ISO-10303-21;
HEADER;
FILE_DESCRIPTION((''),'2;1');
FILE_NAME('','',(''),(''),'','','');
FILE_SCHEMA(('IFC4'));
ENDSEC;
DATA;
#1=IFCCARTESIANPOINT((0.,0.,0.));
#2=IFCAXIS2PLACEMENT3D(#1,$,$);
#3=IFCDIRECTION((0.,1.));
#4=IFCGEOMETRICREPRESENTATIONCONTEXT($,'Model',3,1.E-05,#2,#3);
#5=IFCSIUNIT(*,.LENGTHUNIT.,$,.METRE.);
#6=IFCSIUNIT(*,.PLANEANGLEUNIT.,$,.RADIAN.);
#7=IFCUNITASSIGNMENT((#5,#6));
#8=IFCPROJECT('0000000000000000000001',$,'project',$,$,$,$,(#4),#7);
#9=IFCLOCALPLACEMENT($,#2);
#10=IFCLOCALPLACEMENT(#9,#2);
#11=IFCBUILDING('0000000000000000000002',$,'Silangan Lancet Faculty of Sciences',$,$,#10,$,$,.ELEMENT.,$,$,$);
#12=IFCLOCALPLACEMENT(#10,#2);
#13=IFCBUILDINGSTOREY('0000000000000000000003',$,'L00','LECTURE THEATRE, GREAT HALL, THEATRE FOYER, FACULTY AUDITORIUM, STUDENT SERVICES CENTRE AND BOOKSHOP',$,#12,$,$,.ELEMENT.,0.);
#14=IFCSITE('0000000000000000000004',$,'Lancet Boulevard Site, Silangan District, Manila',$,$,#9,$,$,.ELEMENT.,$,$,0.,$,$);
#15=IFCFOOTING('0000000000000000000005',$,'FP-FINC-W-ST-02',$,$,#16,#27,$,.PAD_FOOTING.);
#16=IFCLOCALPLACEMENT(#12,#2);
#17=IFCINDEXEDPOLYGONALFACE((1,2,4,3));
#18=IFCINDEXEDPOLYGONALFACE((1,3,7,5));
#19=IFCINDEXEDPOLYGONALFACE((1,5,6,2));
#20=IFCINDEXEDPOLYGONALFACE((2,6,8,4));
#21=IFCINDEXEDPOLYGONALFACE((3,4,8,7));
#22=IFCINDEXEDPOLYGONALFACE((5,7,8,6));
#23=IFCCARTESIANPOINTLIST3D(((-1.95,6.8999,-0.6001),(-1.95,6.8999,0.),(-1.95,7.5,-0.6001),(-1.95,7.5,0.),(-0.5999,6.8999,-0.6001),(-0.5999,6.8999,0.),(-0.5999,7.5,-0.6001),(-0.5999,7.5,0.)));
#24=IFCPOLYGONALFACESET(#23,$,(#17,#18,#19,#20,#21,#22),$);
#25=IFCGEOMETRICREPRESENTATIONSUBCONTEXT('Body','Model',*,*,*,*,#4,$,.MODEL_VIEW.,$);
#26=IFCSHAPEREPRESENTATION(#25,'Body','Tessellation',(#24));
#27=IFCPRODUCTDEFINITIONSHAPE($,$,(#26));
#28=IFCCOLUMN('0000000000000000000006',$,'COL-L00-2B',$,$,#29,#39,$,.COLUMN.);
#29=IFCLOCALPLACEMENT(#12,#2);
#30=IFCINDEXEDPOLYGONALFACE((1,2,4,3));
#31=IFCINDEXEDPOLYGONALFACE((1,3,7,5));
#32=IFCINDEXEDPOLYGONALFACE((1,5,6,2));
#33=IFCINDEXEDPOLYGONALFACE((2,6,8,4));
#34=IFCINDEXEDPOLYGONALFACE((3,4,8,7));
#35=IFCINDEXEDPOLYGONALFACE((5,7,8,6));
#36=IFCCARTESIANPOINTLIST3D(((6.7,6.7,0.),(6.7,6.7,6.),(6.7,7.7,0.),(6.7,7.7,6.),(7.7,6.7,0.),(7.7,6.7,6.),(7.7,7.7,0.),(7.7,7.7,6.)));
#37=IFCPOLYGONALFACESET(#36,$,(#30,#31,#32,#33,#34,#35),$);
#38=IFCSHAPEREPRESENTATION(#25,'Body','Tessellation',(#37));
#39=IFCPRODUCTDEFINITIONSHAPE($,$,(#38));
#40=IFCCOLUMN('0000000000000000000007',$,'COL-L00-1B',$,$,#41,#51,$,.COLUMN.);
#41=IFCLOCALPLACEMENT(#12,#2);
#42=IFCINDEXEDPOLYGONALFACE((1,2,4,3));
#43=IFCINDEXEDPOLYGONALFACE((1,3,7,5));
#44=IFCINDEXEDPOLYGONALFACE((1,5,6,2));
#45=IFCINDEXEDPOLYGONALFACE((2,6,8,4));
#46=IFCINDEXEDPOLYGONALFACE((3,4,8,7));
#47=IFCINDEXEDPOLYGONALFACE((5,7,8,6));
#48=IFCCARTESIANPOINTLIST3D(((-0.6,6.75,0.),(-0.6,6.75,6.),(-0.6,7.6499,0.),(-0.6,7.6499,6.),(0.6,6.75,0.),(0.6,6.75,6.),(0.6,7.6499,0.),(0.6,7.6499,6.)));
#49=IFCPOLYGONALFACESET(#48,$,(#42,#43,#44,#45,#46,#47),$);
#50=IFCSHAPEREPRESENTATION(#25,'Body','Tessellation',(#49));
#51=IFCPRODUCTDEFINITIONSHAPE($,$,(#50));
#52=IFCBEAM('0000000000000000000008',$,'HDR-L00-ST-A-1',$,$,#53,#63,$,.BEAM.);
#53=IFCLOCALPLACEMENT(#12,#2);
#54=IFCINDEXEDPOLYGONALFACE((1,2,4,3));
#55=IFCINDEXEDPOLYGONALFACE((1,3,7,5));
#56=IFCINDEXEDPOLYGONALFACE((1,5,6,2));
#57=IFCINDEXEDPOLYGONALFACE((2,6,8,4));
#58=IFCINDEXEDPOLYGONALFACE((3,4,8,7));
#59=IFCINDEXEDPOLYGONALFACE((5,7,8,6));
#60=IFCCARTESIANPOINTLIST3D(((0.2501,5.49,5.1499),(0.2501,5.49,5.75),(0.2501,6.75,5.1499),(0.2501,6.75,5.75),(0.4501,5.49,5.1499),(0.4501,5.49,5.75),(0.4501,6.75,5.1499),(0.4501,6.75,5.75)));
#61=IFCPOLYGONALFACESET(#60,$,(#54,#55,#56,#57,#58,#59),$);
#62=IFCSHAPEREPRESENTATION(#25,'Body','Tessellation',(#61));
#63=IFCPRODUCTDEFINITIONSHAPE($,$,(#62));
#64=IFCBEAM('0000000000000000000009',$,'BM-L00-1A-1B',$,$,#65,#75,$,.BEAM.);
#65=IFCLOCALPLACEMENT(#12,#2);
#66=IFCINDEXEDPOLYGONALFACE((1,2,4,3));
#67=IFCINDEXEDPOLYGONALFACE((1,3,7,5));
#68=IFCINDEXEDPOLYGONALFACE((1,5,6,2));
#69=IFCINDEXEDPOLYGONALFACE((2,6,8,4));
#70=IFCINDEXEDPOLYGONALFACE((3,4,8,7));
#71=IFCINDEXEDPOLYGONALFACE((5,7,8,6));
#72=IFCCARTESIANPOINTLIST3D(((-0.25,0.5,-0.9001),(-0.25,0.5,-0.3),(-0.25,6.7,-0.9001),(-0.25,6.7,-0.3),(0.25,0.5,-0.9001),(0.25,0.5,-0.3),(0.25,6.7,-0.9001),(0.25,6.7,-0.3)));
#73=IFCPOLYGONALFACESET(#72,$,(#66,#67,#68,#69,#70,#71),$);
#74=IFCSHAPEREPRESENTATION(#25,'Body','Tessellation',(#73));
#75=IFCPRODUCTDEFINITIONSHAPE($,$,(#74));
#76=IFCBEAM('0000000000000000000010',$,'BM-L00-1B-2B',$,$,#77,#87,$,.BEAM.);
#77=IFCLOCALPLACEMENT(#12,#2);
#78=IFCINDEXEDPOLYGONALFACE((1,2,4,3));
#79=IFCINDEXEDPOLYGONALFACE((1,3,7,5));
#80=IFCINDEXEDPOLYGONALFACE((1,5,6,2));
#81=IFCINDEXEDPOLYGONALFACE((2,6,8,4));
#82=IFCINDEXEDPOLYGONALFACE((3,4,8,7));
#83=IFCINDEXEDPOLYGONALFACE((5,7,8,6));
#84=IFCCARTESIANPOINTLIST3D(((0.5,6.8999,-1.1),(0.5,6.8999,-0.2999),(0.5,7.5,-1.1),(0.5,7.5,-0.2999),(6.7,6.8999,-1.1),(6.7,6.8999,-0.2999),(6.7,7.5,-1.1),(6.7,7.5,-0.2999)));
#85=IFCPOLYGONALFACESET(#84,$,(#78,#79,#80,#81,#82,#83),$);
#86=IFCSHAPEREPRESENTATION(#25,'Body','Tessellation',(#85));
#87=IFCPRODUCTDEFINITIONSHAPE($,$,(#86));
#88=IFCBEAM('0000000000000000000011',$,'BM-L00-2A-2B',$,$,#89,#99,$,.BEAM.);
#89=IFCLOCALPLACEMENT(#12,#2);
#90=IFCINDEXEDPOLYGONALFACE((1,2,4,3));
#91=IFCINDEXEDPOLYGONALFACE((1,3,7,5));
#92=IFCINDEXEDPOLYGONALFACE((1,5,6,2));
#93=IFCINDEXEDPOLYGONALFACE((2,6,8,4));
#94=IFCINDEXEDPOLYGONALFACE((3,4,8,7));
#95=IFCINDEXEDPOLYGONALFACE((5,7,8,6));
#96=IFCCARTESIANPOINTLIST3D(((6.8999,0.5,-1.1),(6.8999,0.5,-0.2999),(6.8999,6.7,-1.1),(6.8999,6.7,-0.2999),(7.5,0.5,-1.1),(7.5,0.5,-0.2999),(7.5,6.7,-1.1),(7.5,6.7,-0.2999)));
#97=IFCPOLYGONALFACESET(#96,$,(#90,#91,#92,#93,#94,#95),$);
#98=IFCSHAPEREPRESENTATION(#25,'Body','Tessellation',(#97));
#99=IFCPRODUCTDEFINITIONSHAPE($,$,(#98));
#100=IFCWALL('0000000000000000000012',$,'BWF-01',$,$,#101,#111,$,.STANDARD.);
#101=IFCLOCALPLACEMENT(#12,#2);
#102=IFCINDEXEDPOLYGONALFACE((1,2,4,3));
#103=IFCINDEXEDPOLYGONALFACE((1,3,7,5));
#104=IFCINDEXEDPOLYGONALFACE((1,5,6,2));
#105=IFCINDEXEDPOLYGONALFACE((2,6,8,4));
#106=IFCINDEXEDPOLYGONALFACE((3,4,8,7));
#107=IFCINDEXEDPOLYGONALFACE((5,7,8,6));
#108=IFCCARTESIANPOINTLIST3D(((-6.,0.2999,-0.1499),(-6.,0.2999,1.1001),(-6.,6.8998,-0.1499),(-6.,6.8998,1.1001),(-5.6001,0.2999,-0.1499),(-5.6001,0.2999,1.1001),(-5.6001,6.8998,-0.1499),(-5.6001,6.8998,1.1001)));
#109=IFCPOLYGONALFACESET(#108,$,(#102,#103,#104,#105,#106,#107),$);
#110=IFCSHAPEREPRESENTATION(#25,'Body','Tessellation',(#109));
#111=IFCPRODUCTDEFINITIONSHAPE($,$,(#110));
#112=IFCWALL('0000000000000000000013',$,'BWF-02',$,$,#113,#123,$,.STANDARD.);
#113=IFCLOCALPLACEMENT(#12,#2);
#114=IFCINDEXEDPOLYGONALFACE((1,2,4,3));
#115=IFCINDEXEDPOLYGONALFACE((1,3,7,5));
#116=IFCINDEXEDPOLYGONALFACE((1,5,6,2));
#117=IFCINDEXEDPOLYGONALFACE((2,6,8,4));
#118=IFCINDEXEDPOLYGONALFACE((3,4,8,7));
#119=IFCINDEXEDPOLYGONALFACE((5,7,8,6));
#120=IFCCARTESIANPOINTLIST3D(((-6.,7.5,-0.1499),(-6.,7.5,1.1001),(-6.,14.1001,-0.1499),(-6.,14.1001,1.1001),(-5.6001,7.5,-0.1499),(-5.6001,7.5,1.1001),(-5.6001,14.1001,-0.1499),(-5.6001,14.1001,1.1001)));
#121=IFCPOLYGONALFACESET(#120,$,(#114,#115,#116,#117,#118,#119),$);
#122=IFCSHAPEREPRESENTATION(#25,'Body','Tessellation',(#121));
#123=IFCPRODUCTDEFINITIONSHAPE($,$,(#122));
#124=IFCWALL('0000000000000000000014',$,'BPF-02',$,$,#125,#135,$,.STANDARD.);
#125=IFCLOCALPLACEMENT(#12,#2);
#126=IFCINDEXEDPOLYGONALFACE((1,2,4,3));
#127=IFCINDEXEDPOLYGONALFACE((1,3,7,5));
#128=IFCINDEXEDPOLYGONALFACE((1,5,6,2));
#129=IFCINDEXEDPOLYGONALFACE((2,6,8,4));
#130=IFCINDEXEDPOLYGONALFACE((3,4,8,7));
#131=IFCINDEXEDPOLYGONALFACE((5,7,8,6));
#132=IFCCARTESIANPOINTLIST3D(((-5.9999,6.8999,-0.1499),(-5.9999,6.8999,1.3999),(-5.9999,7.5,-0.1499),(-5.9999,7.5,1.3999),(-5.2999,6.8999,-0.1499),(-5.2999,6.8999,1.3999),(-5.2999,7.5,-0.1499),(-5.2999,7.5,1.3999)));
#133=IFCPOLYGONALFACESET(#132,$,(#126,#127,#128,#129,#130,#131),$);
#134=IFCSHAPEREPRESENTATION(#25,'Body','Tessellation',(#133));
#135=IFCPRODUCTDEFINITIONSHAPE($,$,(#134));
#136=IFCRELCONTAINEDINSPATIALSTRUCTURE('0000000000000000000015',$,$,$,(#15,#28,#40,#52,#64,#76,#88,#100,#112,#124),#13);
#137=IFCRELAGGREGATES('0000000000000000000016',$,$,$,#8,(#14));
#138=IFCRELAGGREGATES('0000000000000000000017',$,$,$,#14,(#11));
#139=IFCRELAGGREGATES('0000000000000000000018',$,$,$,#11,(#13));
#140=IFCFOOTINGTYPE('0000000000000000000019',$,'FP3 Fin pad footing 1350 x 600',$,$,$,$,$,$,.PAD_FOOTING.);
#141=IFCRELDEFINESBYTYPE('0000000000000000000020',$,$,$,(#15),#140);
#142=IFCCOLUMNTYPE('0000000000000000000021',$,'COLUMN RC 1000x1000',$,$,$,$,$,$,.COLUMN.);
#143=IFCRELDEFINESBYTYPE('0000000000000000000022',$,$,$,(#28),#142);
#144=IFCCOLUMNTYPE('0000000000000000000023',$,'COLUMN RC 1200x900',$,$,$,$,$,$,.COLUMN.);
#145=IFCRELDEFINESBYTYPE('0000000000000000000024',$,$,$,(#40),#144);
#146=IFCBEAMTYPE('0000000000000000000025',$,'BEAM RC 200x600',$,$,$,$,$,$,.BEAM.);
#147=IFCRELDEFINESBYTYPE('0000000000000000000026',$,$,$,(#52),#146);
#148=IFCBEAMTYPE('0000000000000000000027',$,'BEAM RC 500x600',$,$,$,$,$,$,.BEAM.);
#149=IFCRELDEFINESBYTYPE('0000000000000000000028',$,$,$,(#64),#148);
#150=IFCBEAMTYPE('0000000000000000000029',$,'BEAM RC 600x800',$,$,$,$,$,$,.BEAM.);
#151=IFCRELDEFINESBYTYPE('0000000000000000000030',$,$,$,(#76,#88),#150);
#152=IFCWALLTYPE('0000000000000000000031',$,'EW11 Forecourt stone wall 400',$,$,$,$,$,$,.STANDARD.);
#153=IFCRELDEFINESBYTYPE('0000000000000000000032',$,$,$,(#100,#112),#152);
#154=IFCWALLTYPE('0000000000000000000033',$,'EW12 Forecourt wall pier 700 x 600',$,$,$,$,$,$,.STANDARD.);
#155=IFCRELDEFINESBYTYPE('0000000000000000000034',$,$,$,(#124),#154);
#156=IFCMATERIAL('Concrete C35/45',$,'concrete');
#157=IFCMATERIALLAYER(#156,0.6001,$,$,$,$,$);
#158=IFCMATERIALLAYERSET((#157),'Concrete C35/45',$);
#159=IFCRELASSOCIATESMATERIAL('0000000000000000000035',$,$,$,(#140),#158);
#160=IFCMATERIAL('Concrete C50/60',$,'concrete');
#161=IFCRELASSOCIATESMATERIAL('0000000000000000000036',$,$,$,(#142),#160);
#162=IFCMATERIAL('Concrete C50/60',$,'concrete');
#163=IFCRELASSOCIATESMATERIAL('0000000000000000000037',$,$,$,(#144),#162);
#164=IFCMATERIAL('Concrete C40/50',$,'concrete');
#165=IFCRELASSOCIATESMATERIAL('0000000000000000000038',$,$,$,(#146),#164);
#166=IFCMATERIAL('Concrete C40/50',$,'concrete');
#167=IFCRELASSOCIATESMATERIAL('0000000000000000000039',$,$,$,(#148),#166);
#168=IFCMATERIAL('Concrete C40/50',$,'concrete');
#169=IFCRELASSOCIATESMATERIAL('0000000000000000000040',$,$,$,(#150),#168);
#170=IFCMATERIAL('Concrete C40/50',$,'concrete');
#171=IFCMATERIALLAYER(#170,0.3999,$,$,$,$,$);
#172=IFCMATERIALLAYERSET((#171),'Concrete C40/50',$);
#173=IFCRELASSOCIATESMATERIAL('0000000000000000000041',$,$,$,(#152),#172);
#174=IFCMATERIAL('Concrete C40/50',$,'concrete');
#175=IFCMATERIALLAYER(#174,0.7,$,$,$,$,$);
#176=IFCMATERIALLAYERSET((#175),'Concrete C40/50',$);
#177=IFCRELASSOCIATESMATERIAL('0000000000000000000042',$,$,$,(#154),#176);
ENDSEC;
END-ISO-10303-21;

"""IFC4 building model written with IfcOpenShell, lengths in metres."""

from ifc_helpers import new_model, si_unit, direction, frame, frame_2d, origin, origin_2d, place, context, subcontext, project, spatial, rectangle, extrude, material, layer, layer_set, material_profile, profile_set, type_object, element, save


model = new_model("IFC4")

# Units and contexts
model_context = context("Model", 3, precision=1e-05, world=origin(), true_north=direction((0.0, 1.0)))
body_context = subcontext(model_context, "Body", "Model", "MODEL_VIEW")
ifc_project = project(units=[si_unit("LENGTHUNIT", "METRE"), si_unit("PLANEANGLEUNIT", "RADIAN")], contexts=[model_context])

# Site, building, storey
site_placement = place(None, origin())
site = spatial("IfcSite", under=ifc_project, at=site_placement, Name="Lancet Boulevard Site, Silangan District, Manila", CompositionType="ELEMENT", RefElevation=0.0)
building_placement = place(site_placement, origin())
building = spatial("IfcBuilding", under=site, at=building_placement, Name="Silangan Lancet Faculty of Sciences", CompositionType="ELEMENT")
storey_placement = place(building_placement, origin())
storey = spatial("IfcBuildingStorey", under=building, at=storey_placement, Name="L00", Description="LECTURE THEATRE, GREAT HALL, THEATRE FOYER, FACULTY AUDITORIUM, STUDENT SERVICES CENTRE AND BOOKSHOP", CompositionType="ELEMENT", Elevation=0.0)

# Footing
ifc_material_1 = material(Name="Concrete C35/45", Category="concrete")
ifc_layer_1 = layer(ifc_material_1, 0.6001)
ifc_layer_set_1 = layer_set([ifc_layer_1], Name="Concrete C35/45")
footing_type = type_object("IfcFootingType", Name="FP3 Fin pad footing 1350 x 600", PredefinedType="PAD_FOOTING", material=ifc_layer_set_1)
footing_placement = place(storey_placement, frame((-1.2749, 7.2, -0.6001), z_axis=(0.0, 0.0, 1.0), x_axis=(1.0, 0.0, 0.0)))
element("IfcFooting", 1, at=footing_placement, inside=storey, type_object=footing_type, Name="FP-FINC-W-ST-02", PredefinedType="PAD_FOOTING", context=body_context, shape_type="SweptSolid", body=[
    extrude(rectangle(XDim=1.3501, YDim=0.6001, at=origin_2d()), origin(), (0.0, 0.0, 1.0), 0.6001),
])

# Columns
ifc_material_2 = material(Name="Concrete C50/60", Category="concrete")
ifc_material_profile_1 = material_profile(ifc_material_2, rectangle(XDim=1.0, YDim=1.0, at=origin_2d()), Name="RC 1000x1000")
ifc_profile_set_1 = profile_set([ifc_material_profile_1], Name="Concrete C50/60")
column_type_1 = type_object("IfcColumnType", Name="COLUMN RC 1000x1000", PredefinedType="COLUMN", material=ifc_profile_set_1)
column_1_placement = place(storey_placement, frame((7.2, 7.2, 0.0), z_axis=(0.0, 0.0, 1.0), x_axis=(1.0, 0.0, 0.0)))
element("IfcColumn", 2, at=column_1_placement, inside=storey, type_object=column_type_1, Name="COL-L00-2B", PredefinedType="COLUMN", context=body_context, shape_type="SweptSolid", body=[
    extrude(rectangle(XDim=1.0, YDim=1.0, at=origin_2d()), origin(), (0.0, 0.0, 1.0), 6.0),
])
ifc_material_3 = material(Name="Concrete C50/60", Category="concrete")
ifc_material_profile_2 = material_profile(ifc_material_3, rectangle(XDim=1.2, YDim=0.8999, at=origin_2d()), Name="RC 1200x900")
ifc_profile_set_2 = profile_set([ifc_material_profile_2], Name="Concrete C50/60")
column_type_2 = type_object("IfcColumnType", Name="COLUMN RC 1200x900", PredefinedType="COLUMN", material=ifc_profile_set_2)
column_2_placement = place(storey_placement, frame((0.0, 7.2, 0.0), z_axis=(0.0, 0.0, 1.0), x_axis=(1.0, 0.0, 0.0)))
element("IfcColumn", 3, at=column_2_placement, inside=storey, type_object=column_type_2, Name="COL-L00-1B", PredefinedType="COLUMN", context=body_context, shape_type="SweptSolid", body=[
    extrude(rectangle(XDim=1.2, YDim=0.8999, at=origin_2d()), origin(), (0.0, 0.0, 1.0), 6.0),
])

# Beams
ifc_material_4 = material(Name="Concrete C40/50", Category="concrete")
ifc_material_profile_3 = material_profile(ifc_material_4, rectangle(XDim=0.2, YDim=0.6001, at=origin_2d()), Name="RC 200x600")
ifc_profile_set_3 = profile_set([ifc_material_profile_3], Name="Concrete C40/50")
beam_type_1 = type_object("IfcBeamType", Name="BEAM RC 200x600", PredefinedType="BEAM", material=ifc_profile_set_3)
beam_1_placement = place(storey_placement, frame((0.3501, 5.49, 5.45), z_axis=(0.0, 1.0, 0.0), x_axis=(-1.0, 0.0, 0.0)))
element("IfcBeam", 4, at=beam_1_placement, inside=storey, type_object=beam_type_1, Name="HDR-L00-ST-A-1", PredefinedType="BEAM", context=body_context, shape_type="SweptSolid", body=[
    extrude(rectangle(XDim=0.2, YDim=0.6001, at=origin_2d()), origin(), (0.0, 0.0, 1.0), 1.26),
])
ifc_material_5 = material(Name="Concrete C40/50", Category="concrete")
ifc_material_profile_4 = material_profile(ifc_material_5, rectangle(XDim=0.5, YDim=0.6001, at=origin_2d()), Name="RC 500x600")
ifc_profile_set_4 = profile_set([ifc_material_profile_4], Name="Concrete C40/50")
beam_type_2 = type_object("IfcBeamType", Name="BEAM RC 500x600", PredefinedType="BEAM", material=ifc_profile_set_4)
beam_2_placement = place(storey_placement, frame((0.0, 0.5, -0.6001), z_axis=(0.0, 1.0, 0.0), x_axis=(-1.0, 0.0, 0.0)))
element("IfcBeam", 5, at=beam_2_placement, inside=storey, type_object=beam_type_2, Name="BM-L00-1A-1B", PredefinedType="BEAM", context=body_context, shape_type="SweptSolid", body=[
    extrude(rectangle(XDim=0.5, YDim=0.6001, at=origin_2d()), origin(), (0.0, 0.0, 1.0), 6.2),
])
ifc_material_6 = material(Name="Concrete C40/50", Category="concrete")
ifc_material_profile_5 = material_profile(ifc_material_6, rectangle(XDim=0.6001, YDim=0.8, at=origin_2d()), Name="RC 600x800")
ifc_profile_set_5 = profile_set([ifc_material_profile_5], Name="Concrete C40/50")
beam_type_3 = type_object("IfcBeamType", Name="BEAM RC 600x800", PredefinedType="BEAM", material=ifc_profile_set_5)
for number, where, z_axis, x_axis, name in (
    (6, (0.5, 7.2, -0.7), (1.0, 0.0, 0.0), (0.0, 1.0, 0.0), "BM-L00-1B-2B"),
    (7, (7.2, 0.5, -0.7), (0.0, 1.0, 0.0), (-1.0, 0.0, 0.0), "BM-L00-2A-2B"),
):
    element("IfcBeam", number, at=place(storey_placement, frame(where, z_axis=z_axis, x_axis=x_axis)), inside=storey, type_object=beam_type_3, Name=name, PredefinedType="BEAM", context=body_context, shape_type="SweptSolid", body=[
        extrude(rectangle(XDim=0.6001, YDim=0.8, at=origin_2d()), origin(), (0.0, 0.0, 1.0), 6.2),
    ])

# Walls
ifc_material_7 = material(Name="Concrete C40/50", Category="concrete")
ifc_layer_2 = layer(ifc_material_7, 0.3999)
ifc_layer_set_2 = layer_set([ifc_layer_2], Name="Concrete C40/50")
wall_type_1 = type_object("IfcWallType", Name="EW11 Forecourt stone wall 400", PredefinedType="STANDARD", material=ifc_layer_set_2)
wall_1_placement = place(storey_placement, frame((-5.8, 0.3, -0.1499), z_axis=(0.0, 0.0, 1.0), x_axis=(0.0, 1.0, 0.0)))
element("IfcWall", 8, at=wall_1_placement, inside=storey, type_object=wall_type_1, Name="BWF-01", PredefinedType="STANDARD", context=body_context, shape_type="SweptSolid", body=[
    extrude(rectangle(XDim=6.5999, YDim=0.3999, at=frame_2d((3.2998, 0.0))), origin(), (0.0, 0.0, 1.0), 1.25),
])
wall_2_placement = place(storey_placement, frame((-5.8, 7.5, -0.1499), z_axis=(0.0, 0.0, 1.0), x_axis=(0.0, 1.0, 0.0)))
element("IfcWall", 9, at=wall_2_placement, inside=storey, type_object=wall_type_1, Name="BWF-02", PredefinedType="STANDARD", context=body_context, shape_type="SweptSolid", body=[
    extrude(rectangle(XDim=6.6001, YDim=0.3999, at=frame_2d((3.3, 0.0))), origin(), (0.0, 0.0, 1.0), 1.25),
])
ifc_material_8 = material(Name="Concrete C40/50", Category="concrete")
ifc_layer_3 = layer(ifc_material_8, 0.7)
ifc_layer_set_3 = layer_set([ifc_layer_3], Name="Concrete C40/50")
wall_type_2 = type_object("IfcWallType", Name="EW12 Forecourt wall pier 700 x 600", PredefinedType="STANDARD", material=ifc_layer_set_3)
wall_3_placement = place(storey_placement, frame((-5.6499, 6.8999, -0.1499), z_axis=(0.0, 0.0, 1.0), x_axis=(0.0, 1.0, 0.0)))
element("IfcWall", 10, at=wall_3_placement, inside=storey, type_object=wall_type_2, Name="BPF-02", PredefinedType="STANDARD", context=body_context, shape_type="SweptSolid", body=[
    extrude(rectangle(XDim=0.6001, YDim=0.7, at=frame_2d((0.3, 0.0))), origin(), (0.0, 0.0, 1.0), 1.5498),
])

save(model, "model.ifc")
